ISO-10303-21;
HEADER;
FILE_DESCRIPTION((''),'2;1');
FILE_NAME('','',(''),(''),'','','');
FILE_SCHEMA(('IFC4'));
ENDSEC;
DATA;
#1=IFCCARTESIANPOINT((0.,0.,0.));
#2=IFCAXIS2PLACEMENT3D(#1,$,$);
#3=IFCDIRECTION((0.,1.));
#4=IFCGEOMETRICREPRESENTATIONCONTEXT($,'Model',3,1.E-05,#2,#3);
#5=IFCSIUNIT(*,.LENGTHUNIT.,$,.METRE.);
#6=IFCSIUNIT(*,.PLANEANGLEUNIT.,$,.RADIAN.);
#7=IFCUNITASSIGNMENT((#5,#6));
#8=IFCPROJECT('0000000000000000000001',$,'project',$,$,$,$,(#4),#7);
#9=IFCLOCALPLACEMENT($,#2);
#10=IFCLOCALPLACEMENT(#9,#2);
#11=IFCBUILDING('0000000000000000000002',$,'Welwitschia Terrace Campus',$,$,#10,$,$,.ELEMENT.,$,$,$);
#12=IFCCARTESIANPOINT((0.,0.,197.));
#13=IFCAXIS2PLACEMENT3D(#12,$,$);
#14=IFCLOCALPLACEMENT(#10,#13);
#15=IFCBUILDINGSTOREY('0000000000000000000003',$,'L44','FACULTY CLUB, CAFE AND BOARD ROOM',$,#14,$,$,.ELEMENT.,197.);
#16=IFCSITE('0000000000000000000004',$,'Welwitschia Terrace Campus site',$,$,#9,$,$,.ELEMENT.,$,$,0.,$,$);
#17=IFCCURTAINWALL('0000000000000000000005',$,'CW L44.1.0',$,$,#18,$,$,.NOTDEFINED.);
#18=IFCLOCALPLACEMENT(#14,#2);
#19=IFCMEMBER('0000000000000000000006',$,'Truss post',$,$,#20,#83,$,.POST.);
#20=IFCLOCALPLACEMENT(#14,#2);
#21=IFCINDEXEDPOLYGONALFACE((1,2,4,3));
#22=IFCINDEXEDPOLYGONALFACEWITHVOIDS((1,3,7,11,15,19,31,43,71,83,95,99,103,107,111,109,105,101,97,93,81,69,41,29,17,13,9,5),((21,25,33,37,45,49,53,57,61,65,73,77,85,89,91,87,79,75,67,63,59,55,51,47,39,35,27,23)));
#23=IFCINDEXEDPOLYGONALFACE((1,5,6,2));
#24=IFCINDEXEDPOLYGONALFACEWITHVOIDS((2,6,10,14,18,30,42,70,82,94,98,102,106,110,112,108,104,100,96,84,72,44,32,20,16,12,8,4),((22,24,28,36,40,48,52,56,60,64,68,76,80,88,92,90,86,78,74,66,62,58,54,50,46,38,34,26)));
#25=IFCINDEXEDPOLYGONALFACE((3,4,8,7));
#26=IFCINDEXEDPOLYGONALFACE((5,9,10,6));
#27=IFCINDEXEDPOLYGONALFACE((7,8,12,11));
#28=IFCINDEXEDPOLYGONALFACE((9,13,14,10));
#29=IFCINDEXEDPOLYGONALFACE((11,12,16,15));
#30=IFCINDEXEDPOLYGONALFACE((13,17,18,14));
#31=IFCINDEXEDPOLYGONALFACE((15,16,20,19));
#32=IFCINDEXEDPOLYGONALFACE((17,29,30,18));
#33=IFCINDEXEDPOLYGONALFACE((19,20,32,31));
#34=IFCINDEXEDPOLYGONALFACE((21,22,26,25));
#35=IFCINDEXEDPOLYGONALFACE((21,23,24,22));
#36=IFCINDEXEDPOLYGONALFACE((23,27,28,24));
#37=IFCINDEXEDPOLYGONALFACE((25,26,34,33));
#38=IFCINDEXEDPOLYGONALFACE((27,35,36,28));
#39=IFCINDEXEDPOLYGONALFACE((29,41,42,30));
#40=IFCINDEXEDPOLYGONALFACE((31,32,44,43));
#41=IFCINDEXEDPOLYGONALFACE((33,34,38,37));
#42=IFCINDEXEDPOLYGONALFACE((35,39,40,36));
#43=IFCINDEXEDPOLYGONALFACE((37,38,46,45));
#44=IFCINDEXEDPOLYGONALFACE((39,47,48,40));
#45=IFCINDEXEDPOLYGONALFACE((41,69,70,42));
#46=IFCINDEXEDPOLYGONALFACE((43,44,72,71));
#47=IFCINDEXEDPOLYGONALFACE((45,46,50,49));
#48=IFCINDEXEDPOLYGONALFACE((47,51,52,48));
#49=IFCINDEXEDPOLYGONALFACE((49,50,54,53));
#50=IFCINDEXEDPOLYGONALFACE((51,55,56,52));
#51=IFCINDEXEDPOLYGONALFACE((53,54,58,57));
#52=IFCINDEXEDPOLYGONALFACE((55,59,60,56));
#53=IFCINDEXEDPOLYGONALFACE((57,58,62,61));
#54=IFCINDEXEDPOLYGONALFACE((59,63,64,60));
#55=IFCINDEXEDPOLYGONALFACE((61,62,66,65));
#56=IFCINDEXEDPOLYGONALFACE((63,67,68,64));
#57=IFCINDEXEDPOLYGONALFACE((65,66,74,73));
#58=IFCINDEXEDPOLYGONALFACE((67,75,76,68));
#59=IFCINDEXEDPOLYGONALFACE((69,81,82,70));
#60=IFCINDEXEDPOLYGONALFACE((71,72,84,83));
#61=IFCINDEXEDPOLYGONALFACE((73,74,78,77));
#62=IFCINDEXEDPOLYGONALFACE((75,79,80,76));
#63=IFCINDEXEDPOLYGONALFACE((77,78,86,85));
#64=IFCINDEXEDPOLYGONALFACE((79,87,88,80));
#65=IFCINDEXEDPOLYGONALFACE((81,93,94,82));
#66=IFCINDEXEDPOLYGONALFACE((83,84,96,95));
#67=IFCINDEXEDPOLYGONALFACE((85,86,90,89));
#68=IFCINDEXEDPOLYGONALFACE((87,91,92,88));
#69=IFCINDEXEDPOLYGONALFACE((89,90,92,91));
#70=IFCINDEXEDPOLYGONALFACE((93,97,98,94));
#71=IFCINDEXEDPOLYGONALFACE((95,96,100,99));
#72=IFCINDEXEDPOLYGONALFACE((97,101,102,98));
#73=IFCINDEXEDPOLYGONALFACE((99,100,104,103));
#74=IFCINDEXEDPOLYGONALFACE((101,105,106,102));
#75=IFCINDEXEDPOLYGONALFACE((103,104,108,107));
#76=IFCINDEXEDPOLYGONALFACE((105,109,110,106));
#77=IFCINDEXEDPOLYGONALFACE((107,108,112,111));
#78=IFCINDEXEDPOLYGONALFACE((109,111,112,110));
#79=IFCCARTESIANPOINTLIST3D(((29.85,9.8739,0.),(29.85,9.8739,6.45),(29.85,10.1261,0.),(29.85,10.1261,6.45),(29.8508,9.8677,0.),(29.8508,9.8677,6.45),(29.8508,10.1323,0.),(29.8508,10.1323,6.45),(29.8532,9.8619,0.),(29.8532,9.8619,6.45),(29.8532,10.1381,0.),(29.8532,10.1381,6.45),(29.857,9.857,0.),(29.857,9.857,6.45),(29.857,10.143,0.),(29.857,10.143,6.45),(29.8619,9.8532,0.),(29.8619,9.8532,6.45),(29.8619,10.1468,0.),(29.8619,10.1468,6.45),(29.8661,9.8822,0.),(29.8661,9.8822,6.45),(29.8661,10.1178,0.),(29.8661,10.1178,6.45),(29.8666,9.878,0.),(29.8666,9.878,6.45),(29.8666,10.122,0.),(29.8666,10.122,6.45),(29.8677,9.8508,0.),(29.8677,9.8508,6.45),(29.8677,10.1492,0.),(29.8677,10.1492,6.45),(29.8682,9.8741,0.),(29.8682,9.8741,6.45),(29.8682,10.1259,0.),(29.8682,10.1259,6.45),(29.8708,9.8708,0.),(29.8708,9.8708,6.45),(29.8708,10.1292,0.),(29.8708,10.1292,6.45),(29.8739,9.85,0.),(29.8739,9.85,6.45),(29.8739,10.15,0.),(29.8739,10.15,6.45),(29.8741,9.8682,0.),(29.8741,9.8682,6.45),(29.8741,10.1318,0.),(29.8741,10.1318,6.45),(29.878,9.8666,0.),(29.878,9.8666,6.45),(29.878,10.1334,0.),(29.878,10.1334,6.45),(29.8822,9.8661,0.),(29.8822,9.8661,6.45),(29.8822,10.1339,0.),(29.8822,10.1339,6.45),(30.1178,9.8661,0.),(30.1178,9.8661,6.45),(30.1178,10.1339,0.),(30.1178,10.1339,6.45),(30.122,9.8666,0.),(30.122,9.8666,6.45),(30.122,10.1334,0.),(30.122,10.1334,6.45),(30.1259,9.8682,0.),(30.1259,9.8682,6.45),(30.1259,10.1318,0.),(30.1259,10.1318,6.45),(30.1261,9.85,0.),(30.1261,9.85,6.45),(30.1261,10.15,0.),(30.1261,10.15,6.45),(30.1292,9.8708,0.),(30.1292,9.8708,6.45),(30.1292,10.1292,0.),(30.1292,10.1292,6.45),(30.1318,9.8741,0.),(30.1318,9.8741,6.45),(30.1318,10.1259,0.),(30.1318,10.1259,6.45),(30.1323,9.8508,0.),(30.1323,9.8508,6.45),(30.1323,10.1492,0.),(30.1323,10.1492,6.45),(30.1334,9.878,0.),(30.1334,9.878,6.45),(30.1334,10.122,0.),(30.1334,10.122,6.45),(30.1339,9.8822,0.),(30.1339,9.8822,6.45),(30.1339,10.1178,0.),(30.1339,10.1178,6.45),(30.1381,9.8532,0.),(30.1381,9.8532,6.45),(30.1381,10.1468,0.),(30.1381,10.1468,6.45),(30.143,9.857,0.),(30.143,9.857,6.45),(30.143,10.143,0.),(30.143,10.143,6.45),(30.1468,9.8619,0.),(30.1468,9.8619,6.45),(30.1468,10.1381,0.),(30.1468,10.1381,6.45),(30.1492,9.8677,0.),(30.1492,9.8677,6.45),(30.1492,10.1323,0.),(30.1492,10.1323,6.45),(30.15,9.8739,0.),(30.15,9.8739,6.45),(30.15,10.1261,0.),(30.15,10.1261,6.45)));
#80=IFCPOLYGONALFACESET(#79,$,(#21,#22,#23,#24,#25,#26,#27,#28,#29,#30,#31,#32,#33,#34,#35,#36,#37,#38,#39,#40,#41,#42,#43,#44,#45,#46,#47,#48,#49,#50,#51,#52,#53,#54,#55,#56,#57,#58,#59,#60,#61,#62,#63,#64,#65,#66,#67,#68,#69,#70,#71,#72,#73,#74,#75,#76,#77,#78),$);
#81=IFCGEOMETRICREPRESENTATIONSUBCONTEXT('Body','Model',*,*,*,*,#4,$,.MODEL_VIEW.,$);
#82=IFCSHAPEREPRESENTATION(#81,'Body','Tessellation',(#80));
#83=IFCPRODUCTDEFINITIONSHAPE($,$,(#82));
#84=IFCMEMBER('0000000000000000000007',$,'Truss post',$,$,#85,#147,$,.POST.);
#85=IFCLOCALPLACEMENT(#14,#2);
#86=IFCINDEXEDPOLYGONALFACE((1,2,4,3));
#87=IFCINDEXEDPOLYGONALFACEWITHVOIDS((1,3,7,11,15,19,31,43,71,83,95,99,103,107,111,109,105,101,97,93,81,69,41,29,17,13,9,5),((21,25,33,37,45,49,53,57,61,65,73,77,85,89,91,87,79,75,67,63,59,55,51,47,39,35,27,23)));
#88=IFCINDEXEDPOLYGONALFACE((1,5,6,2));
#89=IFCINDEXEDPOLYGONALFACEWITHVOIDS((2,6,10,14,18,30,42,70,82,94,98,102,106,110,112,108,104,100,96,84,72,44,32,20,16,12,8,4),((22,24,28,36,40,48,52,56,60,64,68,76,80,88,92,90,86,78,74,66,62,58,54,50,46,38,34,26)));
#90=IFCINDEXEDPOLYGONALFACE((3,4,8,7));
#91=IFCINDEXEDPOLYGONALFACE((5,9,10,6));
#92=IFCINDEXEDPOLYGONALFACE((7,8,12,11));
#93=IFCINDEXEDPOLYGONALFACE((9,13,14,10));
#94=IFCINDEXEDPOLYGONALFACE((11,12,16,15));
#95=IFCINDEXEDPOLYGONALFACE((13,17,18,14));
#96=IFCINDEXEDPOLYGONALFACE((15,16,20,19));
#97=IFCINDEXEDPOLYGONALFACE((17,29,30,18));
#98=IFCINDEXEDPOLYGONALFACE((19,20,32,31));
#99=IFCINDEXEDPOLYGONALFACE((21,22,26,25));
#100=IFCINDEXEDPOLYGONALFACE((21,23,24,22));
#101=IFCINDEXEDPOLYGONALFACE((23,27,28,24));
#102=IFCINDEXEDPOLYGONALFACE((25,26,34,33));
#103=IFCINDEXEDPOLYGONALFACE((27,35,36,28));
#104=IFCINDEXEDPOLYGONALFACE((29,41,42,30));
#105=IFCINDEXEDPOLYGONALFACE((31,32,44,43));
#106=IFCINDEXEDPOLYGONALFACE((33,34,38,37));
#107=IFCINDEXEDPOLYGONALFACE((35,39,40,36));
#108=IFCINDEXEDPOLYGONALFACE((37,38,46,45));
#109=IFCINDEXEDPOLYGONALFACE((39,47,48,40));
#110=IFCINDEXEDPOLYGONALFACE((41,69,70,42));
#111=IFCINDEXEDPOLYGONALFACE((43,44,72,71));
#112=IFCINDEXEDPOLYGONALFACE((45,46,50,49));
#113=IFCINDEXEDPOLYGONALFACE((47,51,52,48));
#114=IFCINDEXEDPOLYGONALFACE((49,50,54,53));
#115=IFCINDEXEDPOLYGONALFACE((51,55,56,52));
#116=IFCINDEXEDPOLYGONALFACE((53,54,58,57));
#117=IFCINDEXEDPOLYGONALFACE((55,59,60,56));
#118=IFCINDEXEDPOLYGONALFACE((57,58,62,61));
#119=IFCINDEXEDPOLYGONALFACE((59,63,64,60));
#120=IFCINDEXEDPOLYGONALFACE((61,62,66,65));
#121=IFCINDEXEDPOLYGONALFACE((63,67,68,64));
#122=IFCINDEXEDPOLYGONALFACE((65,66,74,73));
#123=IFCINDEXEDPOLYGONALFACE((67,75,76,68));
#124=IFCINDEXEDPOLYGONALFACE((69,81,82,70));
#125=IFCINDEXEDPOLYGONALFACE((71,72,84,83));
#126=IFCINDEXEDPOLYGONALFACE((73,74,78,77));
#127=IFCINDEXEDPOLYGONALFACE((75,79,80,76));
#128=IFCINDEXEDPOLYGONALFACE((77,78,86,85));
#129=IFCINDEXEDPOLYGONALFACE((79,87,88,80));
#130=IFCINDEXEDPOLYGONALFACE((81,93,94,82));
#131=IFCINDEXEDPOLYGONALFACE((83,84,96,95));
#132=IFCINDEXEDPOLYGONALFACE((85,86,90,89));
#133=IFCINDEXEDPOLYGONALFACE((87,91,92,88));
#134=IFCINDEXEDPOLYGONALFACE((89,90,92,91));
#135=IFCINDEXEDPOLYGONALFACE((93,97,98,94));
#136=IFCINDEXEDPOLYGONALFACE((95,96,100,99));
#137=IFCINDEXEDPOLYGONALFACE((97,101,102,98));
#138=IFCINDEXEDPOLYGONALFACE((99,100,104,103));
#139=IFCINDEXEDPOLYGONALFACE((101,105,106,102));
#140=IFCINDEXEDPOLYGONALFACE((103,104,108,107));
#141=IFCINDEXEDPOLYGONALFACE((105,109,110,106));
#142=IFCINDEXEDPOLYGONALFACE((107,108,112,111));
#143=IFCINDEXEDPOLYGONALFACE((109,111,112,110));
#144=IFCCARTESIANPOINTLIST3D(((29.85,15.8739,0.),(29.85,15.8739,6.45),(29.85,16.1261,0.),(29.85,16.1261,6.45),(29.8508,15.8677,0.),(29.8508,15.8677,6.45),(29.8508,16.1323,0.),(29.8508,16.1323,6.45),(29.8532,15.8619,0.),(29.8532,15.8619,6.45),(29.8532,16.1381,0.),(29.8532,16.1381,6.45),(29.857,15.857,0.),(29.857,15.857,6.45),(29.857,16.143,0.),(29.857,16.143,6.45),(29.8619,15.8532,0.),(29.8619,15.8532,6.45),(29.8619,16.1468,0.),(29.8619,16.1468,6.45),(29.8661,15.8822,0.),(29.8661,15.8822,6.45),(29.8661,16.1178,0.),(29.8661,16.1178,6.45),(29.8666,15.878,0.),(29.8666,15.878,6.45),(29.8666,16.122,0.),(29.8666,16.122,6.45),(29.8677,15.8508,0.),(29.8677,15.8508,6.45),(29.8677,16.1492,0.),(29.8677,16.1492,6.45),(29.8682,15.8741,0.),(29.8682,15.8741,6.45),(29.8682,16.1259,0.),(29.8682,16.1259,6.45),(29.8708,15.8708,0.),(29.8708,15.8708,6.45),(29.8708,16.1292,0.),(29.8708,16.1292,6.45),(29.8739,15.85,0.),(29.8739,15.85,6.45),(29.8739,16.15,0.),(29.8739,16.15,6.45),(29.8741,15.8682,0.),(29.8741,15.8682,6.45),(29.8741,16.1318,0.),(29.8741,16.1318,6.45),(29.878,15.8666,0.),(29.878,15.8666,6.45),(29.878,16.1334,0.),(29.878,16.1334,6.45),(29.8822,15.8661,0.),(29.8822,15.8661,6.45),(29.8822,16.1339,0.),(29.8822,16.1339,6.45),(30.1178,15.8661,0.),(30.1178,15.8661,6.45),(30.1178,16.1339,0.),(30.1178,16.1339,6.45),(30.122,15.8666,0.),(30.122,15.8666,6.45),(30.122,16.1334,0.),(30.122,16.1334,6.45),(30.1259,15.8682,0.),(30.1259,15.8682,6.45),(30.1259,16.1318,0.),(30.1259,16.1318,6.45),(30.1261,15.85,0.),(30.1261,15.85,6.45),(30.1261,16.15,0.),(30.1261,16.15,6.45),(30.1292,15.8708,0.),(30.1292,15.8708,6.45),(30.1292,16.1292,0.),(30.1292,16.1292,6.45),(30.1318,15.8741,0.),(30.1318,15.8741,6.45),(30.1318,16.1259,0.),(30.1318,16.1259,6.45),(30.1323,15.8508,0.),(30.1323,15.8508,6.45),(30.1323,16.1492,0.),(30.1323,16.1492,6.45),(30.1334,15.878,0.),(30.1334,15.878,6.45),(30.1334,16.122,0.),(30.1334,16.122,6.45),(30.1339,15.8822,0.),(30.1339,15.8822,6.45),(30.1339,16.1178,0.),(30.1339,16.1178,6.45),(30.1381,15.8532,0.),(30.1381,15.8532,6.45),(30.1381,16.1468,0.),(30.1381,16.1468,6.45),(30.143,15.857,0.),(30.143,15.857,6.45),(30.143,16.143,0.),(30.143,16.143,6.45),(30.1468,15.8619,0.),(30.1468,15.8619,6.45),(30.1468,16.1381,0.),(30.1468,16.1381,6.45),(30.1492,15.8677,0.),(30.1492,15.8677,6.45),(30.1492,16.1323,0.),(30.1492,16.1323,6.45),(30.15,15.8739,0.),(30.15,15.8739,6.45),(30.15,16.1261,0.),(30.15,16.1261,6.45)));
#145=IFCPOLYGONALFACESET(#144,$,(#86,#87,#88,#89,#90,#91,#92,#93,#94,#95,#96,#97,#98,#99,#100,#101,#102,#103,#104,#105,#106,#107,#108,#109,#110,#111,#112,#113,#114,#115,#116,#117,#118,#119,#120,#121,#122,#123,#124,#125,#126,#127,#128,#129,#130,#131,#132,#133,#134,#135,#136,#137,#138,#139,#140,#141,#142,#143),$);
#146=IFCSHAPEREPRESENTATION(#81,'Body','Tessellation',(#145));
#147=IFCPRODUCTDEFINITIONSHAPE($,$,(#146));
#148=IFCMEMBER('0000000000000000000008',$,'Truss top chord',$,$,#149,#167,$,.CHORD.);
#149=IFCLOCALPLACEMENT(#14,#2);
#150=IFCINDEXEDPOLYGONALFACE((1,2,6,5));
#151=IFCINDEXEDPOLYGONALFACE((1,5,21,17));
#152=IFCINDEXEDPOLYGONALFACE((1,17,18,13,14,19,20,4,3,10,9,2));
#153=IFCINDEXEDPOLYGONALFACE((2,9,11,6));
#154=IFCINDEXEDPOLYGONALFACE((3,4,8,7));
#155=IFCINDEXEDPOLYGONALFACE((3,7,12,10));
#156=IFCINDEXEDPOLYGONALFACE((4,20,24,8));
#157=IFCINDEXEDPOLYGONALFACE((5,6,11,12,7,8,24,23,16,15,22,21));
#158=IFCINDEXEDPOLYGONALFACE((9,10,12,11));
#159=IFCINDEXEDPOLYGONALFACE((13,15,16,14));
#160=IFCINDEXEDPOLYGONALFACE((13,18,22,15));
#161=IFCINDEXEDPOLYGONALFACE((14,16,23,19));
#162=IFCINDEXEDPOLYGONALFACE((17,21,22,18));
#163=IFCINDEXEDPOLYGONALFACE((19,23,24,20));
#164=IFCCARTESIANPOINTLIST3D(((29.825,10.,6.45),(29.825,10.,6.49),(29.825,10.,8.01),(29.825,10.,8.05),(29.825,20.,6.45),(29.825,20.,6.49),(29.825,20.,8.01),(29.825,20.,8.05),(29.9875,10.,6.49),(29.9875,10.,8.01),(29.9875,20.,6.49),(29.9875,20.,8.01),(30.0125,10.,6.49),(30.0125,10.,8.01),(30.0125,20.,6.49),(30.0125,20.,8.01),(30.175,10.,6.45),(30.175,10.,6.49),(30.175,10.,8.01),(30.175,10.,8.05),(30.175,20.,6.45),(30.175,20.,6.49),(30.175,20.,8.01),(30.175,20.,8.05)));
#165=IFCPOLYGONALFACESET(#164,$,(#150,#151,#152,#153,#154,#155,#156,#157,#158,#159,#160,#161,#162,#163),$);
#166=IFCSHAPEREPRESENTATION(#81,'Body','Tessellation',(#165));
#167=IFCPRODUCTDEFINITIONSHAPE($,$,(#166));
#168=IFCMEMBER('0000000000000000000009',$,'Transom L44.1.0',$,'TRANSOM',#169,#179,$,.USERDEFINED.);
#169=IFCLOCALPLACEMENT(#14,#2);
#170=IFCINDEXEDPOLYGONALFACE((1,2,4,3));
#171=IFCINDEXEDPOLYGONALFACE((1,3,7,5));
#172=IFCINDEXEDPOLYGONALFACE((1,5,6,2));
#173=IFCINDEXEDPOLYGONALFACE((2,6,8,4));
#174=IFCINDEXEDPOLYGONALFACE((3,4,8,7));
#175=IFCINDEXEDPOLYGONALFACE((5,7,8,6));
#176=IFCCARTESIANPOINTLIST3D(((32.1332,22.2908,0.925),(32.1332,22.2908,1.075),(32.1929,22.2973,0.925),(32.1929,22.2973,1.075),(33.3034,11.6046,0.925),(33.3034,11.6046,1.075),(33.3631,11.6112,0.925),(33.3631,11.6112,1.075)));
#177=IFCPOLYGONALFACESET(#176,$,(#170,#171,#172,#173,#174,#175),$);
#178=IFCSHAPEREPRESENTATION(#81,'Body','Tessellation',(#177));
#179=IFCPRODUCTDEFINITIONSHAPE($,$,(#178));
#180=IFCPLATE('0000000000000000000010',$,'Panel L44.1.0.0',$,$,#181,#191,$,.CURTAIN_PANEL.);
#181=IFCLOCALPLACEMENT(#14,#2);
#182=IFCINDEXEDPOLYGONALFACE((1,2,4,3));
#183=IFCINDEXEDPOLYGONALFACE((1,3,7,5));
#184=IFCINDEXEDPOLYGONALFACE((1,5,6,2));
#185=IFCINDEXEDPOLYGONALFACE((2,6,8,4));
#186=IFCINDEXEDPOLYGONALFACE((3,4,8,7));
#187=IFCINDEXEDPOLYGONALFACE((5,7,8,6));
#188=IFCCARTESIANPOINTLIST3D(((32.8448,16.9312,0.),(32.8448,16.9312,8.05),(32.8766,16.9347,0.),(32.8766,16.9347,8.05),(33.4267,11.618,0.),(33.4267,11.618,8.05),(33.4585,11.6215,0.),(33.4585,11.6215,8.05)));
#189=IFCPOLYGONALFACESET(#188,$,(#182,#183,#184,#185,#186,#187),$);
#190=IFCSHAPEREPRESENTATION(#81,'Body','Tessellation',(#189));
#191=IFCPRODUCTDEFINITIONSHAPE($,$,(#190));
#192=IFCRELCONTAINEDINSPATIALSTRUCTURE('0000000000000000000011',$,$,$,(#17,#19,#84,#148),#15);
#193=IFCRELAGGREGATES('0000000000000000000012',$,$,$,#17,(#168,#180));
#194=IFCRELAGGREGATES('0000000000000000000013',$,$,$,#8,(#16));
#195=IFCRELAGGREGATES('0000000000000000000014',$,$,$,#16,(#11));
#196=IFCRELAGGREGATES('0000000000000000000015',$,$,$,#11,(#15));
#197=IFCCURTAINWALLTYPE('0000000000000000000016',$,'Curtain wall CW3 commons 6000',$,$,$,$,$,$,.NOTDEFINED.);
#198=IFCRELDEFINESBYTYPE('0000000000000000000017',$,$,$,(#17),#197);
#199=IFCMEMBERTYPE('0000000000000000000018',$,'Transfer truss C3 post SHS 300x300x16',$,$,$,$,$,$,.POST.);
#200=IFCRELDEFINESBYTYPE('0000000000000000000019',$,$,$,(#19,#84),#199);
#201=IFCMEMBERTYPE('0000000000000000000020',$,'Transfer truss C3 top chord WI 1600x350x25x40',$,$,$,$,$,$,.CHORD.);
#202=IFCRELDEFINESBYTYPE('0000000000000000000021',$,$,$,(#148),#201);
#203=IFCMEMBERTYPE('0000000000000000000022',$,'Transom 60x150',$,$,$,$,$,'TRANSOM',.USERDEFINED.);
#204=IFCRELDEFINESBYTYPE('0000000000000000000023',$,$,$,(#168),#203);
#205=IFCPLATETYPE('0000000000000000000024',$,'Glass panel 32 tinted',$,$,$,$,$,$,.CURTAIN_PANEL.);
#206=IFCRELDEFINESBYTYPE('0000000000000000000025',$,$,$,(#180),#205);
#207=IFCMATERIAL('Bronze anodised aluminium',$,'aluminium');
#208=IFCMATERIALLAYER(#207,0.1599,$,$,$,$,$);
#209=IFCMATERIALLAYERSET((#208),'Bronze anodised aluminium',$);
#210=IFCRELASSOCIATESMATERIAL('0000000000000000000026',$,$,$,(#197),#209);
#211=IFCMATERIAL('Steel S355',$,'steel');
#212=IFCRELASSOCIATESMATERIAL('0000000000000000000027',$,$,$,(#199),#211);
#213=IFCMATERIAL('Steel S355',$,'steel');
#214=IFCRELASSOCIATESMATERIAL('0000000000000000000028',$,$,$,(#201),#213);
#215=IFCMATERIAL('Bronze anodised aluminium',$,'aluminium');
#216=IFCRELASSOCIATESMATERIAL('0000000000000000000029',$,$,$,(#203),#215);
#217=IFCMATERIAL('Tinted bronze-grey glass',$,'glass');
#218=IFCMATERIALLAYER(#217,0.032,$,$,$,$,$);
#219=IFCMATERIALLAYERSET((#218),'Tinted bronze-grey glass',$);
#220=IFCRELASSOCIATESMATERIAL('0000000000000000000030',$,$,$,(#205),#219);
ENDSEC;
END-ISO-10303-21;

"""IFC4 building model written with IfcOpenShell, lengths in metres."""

from ifc_helpers import new_model, si_unit, direction, frame, origin, origin_2d, place, context, subcontext, project, spatial, rectangle, hollow_rectangle, i_section, extrude, material, layer, layer_set, material_profile, profile_set, type_object, element, aggregate, save


model = new_model("IFC4")

# Units and contexts
model_context = context("Model", 3, precision=1e-05, world=origin(), true_north=direction((0.0, 1.0)))
body_context = subcontext(model_context, "Body", "Model", "MODEL_VIEW")
ifc_project = project(units=[si_unit("LENGTHUNIT", "METRE"), si_unit("PLANEANGLEUNIT", "RADIAN")], contexts=[model_context])

# Site, building, storey
site_placement = place(None, origin())
site = spatial("IfcSite", under=ifc_project, at=site_placement, Name="Welwitschia Terrace Campus site", CompositionType="ELEMENT", RefElevation=0.0)
building_placement = place(site_placement, origin())
building = spatial("IfcBuilding", under=site, at=building_placement, Name="Welwitschia Terrace Campus", CompositionType="ELEMENT")
storey_placement = place(building_placement, frame((0.0, 0.0, 197.0)))
storey = spatial("IfcBuildingStorey", under=building, at=storey_placement, Name="L44", Description="FACULTY CLUB, CAFE AND BOARD ROOM", CompositionType="ELEMENT", Elevation=197.0)

# Curtain wall
ifc_material_1 = material(Name="Bronze anodised aluminium", Category="aluminium")
ifc_layer_1 = layer(ifc_material_1, 0.1599)
ifc_layer_set_1 = layer_set([ifc_layer_1], Name="Bronze anodised aluminium")
curtain_wall_type = type_object("IfcCurtainWallType", Name="Curtain wall CW3 commons 6000", PredefinedType="NOTDEFINED", material=ifc_layer_set_1)
curtain_wall_placement = place(storey_placement, origin())
curtain_wall = element("IfcCurtainWall", 1, at=curtain_wall_placement, inside=storey, type_object=curtain_wall_type, Name="CW L44.1.0", PredefinedType="NOTDEFINED")

# Members
ifc_material_2 = material(Name="Steel S355", Category="steel")
ifc_material_profile_1 = material_profile(ifc_material_2, hollow_rectangle(XDim=0.3, YDim=0.3, WallThickness=0.0161, InnerFilletRadius=0.0161, OuterFilletRadius=0.0239, at=origin_2d()))
ifc_profile_set_1 = profile_set([ifc_material_profile_1], Name="Steel S355")
member_type_1 = type_object("IfcMemberType", Name="Transfer truss C3 post SHS 300x300x16", PredefinedType="POST", material=ifc_profile_set_1)
for number, where, z_axis, x_axis, name in (
    (2, (30.0, 10.0, 0.0), (0.0, 0.0, 1.0), (1.0, 0.0, 0.0), "Truss post"),
    (3, (30.0, 16.0, 0.0), (0.0, 0.0, 1.0), (1.0, 0.0, 0.0), "Truss post"),
):
    element("IfcMember", number, at=place(storey_placement, frame(where, z_axis=z_axis, x_axis=x_axis)), inside=storey, type_object=member_type_1, Name=name, PredefinedType="POST", context=body_context, shape_type="SweptSolid", body=[
        extrude(hollow_rectangle(XDim=0.3, YDim=0.3, WallThickness=0.0161, InnerFilletRadius=0.0161, OuterFilletRadius=0.0239, at=origin_2d()), origin(), (0.0, 0.0, 1.0), 6.45),
    ])
ifc_material_3 = material(Name="Steel S355", Category="steel")
ifc_material_profile_2 = material_profile(ifc_material_3, i_section(OverallWidth=0.3501, OverallDepth=1.6001, WebThickness=0.0249, FlangeThickness=0.04, at=origin_2d()))
ifc_profile_set_2 = profile_set([ifc_material_profile_2], Name="Steel S355")
member_type_2 = type_object("IfcMemberType", Name="Transfer truss C3 top chord WI 1600x350x25x40", PredefinedType="CHORD", material=ifc_profile_set_2)
member_1_placement = place(storey_placement, frame((30.0, 10.0, 7.25), z_axis=(0.0, 1.0, 0.0), x_axis=(-1.0, 0.0, 0.0)))
element("IfcMember", 4, at=member_1_placement, inside=storey, type_object=member_type_2, Name="Truss top chord", PredefinedType="CHORD", context=body_context, shape_type="SweptSolid", body=[
    extrude(i_section(OverallWidth=0.3501, OverallDepth=1.6001, WebThickness=0.0249, FlangeThickness=0.04, at=origin_2d()), origin(), (0.0, 0.0, 1.0), 10.0),
])

# Member
ifc_material_4 = material(Name="Bronze anodised aluminium", Category="aluminium")
ifc_material_profile_3 = material_profile(ifc_material_4, rectangle(XDim=0.0601, YDim=0.1499, at=origin_2d()))
ifc_profile_set_3 = profile_set([ifc_material_profile_3], Name="Bronze anodised aluminium")
member_type_3 = type_object("IfcMemberType", Name="Transom 60x150", ElementType="TRANSOM", PredefinedType="USERDEFINED", material=ifc_profile_set_3)
member_2_placement = place(storey_placement, frame((33.3333, 11.6079, 1.0), z_axis=(-0.108854, 0.994058, 0.0), x_axis=(-0.994058, -0.108854, 0.0)))
member_2 = element("IfcMember", 5, at=member_2_placement, type_object=member_type_3, Name="Transom L44.1.0", ObjectType="TRANSOM", PredefinedType="USERDEFINED", context=body_context, shape_type="SweptSolid", body=[
    extrude(rectangle(XDim=0.0601, YDim=0.1499, at=origin_2d()), origin(), (0.0, 0.0, 1.0), 10.75),
])

# Plate
ifc_material_5 = material(Name="Tinted bronze-grey glass", Category="glass")
ifc_layer_2 = layer(ifc_material_5, 0.032)
ifc_layer_set_2 = layer_set([ifc_layer_2], Name="Tinted bronze-grey glass")
plate_type = type_object("IfcPlateType", Name="Glass panel 32 tinted", PredefinedType="CURTAIN_PANEL", material=ifc_layer_set_2)
plate_1_placement = place(storey_placement, frame((33.1516, 14.2764, 0.0), z_axis=(0.0, 0.0, 1.0), x_axis=(-0.108867, 0.994056, 0.0)))
plate_1 = element("IfcPlate", 6, at=plate_1_placement, type_object=plate_type, Name="Panel L44.1.0.0", PredefinedType="CURTAIN_PANEL", context=body_context, shape_type="SweptSolid", body=[
    extrude(rectangle(XDim=5.345, YDim=0.032, at=origin_2d()), origin(), (0.0, 0.0, 1.0), 8.05),
])
aggregate(curtain_wall, [member_2, plate_1])

save(model, "model.ifc")
